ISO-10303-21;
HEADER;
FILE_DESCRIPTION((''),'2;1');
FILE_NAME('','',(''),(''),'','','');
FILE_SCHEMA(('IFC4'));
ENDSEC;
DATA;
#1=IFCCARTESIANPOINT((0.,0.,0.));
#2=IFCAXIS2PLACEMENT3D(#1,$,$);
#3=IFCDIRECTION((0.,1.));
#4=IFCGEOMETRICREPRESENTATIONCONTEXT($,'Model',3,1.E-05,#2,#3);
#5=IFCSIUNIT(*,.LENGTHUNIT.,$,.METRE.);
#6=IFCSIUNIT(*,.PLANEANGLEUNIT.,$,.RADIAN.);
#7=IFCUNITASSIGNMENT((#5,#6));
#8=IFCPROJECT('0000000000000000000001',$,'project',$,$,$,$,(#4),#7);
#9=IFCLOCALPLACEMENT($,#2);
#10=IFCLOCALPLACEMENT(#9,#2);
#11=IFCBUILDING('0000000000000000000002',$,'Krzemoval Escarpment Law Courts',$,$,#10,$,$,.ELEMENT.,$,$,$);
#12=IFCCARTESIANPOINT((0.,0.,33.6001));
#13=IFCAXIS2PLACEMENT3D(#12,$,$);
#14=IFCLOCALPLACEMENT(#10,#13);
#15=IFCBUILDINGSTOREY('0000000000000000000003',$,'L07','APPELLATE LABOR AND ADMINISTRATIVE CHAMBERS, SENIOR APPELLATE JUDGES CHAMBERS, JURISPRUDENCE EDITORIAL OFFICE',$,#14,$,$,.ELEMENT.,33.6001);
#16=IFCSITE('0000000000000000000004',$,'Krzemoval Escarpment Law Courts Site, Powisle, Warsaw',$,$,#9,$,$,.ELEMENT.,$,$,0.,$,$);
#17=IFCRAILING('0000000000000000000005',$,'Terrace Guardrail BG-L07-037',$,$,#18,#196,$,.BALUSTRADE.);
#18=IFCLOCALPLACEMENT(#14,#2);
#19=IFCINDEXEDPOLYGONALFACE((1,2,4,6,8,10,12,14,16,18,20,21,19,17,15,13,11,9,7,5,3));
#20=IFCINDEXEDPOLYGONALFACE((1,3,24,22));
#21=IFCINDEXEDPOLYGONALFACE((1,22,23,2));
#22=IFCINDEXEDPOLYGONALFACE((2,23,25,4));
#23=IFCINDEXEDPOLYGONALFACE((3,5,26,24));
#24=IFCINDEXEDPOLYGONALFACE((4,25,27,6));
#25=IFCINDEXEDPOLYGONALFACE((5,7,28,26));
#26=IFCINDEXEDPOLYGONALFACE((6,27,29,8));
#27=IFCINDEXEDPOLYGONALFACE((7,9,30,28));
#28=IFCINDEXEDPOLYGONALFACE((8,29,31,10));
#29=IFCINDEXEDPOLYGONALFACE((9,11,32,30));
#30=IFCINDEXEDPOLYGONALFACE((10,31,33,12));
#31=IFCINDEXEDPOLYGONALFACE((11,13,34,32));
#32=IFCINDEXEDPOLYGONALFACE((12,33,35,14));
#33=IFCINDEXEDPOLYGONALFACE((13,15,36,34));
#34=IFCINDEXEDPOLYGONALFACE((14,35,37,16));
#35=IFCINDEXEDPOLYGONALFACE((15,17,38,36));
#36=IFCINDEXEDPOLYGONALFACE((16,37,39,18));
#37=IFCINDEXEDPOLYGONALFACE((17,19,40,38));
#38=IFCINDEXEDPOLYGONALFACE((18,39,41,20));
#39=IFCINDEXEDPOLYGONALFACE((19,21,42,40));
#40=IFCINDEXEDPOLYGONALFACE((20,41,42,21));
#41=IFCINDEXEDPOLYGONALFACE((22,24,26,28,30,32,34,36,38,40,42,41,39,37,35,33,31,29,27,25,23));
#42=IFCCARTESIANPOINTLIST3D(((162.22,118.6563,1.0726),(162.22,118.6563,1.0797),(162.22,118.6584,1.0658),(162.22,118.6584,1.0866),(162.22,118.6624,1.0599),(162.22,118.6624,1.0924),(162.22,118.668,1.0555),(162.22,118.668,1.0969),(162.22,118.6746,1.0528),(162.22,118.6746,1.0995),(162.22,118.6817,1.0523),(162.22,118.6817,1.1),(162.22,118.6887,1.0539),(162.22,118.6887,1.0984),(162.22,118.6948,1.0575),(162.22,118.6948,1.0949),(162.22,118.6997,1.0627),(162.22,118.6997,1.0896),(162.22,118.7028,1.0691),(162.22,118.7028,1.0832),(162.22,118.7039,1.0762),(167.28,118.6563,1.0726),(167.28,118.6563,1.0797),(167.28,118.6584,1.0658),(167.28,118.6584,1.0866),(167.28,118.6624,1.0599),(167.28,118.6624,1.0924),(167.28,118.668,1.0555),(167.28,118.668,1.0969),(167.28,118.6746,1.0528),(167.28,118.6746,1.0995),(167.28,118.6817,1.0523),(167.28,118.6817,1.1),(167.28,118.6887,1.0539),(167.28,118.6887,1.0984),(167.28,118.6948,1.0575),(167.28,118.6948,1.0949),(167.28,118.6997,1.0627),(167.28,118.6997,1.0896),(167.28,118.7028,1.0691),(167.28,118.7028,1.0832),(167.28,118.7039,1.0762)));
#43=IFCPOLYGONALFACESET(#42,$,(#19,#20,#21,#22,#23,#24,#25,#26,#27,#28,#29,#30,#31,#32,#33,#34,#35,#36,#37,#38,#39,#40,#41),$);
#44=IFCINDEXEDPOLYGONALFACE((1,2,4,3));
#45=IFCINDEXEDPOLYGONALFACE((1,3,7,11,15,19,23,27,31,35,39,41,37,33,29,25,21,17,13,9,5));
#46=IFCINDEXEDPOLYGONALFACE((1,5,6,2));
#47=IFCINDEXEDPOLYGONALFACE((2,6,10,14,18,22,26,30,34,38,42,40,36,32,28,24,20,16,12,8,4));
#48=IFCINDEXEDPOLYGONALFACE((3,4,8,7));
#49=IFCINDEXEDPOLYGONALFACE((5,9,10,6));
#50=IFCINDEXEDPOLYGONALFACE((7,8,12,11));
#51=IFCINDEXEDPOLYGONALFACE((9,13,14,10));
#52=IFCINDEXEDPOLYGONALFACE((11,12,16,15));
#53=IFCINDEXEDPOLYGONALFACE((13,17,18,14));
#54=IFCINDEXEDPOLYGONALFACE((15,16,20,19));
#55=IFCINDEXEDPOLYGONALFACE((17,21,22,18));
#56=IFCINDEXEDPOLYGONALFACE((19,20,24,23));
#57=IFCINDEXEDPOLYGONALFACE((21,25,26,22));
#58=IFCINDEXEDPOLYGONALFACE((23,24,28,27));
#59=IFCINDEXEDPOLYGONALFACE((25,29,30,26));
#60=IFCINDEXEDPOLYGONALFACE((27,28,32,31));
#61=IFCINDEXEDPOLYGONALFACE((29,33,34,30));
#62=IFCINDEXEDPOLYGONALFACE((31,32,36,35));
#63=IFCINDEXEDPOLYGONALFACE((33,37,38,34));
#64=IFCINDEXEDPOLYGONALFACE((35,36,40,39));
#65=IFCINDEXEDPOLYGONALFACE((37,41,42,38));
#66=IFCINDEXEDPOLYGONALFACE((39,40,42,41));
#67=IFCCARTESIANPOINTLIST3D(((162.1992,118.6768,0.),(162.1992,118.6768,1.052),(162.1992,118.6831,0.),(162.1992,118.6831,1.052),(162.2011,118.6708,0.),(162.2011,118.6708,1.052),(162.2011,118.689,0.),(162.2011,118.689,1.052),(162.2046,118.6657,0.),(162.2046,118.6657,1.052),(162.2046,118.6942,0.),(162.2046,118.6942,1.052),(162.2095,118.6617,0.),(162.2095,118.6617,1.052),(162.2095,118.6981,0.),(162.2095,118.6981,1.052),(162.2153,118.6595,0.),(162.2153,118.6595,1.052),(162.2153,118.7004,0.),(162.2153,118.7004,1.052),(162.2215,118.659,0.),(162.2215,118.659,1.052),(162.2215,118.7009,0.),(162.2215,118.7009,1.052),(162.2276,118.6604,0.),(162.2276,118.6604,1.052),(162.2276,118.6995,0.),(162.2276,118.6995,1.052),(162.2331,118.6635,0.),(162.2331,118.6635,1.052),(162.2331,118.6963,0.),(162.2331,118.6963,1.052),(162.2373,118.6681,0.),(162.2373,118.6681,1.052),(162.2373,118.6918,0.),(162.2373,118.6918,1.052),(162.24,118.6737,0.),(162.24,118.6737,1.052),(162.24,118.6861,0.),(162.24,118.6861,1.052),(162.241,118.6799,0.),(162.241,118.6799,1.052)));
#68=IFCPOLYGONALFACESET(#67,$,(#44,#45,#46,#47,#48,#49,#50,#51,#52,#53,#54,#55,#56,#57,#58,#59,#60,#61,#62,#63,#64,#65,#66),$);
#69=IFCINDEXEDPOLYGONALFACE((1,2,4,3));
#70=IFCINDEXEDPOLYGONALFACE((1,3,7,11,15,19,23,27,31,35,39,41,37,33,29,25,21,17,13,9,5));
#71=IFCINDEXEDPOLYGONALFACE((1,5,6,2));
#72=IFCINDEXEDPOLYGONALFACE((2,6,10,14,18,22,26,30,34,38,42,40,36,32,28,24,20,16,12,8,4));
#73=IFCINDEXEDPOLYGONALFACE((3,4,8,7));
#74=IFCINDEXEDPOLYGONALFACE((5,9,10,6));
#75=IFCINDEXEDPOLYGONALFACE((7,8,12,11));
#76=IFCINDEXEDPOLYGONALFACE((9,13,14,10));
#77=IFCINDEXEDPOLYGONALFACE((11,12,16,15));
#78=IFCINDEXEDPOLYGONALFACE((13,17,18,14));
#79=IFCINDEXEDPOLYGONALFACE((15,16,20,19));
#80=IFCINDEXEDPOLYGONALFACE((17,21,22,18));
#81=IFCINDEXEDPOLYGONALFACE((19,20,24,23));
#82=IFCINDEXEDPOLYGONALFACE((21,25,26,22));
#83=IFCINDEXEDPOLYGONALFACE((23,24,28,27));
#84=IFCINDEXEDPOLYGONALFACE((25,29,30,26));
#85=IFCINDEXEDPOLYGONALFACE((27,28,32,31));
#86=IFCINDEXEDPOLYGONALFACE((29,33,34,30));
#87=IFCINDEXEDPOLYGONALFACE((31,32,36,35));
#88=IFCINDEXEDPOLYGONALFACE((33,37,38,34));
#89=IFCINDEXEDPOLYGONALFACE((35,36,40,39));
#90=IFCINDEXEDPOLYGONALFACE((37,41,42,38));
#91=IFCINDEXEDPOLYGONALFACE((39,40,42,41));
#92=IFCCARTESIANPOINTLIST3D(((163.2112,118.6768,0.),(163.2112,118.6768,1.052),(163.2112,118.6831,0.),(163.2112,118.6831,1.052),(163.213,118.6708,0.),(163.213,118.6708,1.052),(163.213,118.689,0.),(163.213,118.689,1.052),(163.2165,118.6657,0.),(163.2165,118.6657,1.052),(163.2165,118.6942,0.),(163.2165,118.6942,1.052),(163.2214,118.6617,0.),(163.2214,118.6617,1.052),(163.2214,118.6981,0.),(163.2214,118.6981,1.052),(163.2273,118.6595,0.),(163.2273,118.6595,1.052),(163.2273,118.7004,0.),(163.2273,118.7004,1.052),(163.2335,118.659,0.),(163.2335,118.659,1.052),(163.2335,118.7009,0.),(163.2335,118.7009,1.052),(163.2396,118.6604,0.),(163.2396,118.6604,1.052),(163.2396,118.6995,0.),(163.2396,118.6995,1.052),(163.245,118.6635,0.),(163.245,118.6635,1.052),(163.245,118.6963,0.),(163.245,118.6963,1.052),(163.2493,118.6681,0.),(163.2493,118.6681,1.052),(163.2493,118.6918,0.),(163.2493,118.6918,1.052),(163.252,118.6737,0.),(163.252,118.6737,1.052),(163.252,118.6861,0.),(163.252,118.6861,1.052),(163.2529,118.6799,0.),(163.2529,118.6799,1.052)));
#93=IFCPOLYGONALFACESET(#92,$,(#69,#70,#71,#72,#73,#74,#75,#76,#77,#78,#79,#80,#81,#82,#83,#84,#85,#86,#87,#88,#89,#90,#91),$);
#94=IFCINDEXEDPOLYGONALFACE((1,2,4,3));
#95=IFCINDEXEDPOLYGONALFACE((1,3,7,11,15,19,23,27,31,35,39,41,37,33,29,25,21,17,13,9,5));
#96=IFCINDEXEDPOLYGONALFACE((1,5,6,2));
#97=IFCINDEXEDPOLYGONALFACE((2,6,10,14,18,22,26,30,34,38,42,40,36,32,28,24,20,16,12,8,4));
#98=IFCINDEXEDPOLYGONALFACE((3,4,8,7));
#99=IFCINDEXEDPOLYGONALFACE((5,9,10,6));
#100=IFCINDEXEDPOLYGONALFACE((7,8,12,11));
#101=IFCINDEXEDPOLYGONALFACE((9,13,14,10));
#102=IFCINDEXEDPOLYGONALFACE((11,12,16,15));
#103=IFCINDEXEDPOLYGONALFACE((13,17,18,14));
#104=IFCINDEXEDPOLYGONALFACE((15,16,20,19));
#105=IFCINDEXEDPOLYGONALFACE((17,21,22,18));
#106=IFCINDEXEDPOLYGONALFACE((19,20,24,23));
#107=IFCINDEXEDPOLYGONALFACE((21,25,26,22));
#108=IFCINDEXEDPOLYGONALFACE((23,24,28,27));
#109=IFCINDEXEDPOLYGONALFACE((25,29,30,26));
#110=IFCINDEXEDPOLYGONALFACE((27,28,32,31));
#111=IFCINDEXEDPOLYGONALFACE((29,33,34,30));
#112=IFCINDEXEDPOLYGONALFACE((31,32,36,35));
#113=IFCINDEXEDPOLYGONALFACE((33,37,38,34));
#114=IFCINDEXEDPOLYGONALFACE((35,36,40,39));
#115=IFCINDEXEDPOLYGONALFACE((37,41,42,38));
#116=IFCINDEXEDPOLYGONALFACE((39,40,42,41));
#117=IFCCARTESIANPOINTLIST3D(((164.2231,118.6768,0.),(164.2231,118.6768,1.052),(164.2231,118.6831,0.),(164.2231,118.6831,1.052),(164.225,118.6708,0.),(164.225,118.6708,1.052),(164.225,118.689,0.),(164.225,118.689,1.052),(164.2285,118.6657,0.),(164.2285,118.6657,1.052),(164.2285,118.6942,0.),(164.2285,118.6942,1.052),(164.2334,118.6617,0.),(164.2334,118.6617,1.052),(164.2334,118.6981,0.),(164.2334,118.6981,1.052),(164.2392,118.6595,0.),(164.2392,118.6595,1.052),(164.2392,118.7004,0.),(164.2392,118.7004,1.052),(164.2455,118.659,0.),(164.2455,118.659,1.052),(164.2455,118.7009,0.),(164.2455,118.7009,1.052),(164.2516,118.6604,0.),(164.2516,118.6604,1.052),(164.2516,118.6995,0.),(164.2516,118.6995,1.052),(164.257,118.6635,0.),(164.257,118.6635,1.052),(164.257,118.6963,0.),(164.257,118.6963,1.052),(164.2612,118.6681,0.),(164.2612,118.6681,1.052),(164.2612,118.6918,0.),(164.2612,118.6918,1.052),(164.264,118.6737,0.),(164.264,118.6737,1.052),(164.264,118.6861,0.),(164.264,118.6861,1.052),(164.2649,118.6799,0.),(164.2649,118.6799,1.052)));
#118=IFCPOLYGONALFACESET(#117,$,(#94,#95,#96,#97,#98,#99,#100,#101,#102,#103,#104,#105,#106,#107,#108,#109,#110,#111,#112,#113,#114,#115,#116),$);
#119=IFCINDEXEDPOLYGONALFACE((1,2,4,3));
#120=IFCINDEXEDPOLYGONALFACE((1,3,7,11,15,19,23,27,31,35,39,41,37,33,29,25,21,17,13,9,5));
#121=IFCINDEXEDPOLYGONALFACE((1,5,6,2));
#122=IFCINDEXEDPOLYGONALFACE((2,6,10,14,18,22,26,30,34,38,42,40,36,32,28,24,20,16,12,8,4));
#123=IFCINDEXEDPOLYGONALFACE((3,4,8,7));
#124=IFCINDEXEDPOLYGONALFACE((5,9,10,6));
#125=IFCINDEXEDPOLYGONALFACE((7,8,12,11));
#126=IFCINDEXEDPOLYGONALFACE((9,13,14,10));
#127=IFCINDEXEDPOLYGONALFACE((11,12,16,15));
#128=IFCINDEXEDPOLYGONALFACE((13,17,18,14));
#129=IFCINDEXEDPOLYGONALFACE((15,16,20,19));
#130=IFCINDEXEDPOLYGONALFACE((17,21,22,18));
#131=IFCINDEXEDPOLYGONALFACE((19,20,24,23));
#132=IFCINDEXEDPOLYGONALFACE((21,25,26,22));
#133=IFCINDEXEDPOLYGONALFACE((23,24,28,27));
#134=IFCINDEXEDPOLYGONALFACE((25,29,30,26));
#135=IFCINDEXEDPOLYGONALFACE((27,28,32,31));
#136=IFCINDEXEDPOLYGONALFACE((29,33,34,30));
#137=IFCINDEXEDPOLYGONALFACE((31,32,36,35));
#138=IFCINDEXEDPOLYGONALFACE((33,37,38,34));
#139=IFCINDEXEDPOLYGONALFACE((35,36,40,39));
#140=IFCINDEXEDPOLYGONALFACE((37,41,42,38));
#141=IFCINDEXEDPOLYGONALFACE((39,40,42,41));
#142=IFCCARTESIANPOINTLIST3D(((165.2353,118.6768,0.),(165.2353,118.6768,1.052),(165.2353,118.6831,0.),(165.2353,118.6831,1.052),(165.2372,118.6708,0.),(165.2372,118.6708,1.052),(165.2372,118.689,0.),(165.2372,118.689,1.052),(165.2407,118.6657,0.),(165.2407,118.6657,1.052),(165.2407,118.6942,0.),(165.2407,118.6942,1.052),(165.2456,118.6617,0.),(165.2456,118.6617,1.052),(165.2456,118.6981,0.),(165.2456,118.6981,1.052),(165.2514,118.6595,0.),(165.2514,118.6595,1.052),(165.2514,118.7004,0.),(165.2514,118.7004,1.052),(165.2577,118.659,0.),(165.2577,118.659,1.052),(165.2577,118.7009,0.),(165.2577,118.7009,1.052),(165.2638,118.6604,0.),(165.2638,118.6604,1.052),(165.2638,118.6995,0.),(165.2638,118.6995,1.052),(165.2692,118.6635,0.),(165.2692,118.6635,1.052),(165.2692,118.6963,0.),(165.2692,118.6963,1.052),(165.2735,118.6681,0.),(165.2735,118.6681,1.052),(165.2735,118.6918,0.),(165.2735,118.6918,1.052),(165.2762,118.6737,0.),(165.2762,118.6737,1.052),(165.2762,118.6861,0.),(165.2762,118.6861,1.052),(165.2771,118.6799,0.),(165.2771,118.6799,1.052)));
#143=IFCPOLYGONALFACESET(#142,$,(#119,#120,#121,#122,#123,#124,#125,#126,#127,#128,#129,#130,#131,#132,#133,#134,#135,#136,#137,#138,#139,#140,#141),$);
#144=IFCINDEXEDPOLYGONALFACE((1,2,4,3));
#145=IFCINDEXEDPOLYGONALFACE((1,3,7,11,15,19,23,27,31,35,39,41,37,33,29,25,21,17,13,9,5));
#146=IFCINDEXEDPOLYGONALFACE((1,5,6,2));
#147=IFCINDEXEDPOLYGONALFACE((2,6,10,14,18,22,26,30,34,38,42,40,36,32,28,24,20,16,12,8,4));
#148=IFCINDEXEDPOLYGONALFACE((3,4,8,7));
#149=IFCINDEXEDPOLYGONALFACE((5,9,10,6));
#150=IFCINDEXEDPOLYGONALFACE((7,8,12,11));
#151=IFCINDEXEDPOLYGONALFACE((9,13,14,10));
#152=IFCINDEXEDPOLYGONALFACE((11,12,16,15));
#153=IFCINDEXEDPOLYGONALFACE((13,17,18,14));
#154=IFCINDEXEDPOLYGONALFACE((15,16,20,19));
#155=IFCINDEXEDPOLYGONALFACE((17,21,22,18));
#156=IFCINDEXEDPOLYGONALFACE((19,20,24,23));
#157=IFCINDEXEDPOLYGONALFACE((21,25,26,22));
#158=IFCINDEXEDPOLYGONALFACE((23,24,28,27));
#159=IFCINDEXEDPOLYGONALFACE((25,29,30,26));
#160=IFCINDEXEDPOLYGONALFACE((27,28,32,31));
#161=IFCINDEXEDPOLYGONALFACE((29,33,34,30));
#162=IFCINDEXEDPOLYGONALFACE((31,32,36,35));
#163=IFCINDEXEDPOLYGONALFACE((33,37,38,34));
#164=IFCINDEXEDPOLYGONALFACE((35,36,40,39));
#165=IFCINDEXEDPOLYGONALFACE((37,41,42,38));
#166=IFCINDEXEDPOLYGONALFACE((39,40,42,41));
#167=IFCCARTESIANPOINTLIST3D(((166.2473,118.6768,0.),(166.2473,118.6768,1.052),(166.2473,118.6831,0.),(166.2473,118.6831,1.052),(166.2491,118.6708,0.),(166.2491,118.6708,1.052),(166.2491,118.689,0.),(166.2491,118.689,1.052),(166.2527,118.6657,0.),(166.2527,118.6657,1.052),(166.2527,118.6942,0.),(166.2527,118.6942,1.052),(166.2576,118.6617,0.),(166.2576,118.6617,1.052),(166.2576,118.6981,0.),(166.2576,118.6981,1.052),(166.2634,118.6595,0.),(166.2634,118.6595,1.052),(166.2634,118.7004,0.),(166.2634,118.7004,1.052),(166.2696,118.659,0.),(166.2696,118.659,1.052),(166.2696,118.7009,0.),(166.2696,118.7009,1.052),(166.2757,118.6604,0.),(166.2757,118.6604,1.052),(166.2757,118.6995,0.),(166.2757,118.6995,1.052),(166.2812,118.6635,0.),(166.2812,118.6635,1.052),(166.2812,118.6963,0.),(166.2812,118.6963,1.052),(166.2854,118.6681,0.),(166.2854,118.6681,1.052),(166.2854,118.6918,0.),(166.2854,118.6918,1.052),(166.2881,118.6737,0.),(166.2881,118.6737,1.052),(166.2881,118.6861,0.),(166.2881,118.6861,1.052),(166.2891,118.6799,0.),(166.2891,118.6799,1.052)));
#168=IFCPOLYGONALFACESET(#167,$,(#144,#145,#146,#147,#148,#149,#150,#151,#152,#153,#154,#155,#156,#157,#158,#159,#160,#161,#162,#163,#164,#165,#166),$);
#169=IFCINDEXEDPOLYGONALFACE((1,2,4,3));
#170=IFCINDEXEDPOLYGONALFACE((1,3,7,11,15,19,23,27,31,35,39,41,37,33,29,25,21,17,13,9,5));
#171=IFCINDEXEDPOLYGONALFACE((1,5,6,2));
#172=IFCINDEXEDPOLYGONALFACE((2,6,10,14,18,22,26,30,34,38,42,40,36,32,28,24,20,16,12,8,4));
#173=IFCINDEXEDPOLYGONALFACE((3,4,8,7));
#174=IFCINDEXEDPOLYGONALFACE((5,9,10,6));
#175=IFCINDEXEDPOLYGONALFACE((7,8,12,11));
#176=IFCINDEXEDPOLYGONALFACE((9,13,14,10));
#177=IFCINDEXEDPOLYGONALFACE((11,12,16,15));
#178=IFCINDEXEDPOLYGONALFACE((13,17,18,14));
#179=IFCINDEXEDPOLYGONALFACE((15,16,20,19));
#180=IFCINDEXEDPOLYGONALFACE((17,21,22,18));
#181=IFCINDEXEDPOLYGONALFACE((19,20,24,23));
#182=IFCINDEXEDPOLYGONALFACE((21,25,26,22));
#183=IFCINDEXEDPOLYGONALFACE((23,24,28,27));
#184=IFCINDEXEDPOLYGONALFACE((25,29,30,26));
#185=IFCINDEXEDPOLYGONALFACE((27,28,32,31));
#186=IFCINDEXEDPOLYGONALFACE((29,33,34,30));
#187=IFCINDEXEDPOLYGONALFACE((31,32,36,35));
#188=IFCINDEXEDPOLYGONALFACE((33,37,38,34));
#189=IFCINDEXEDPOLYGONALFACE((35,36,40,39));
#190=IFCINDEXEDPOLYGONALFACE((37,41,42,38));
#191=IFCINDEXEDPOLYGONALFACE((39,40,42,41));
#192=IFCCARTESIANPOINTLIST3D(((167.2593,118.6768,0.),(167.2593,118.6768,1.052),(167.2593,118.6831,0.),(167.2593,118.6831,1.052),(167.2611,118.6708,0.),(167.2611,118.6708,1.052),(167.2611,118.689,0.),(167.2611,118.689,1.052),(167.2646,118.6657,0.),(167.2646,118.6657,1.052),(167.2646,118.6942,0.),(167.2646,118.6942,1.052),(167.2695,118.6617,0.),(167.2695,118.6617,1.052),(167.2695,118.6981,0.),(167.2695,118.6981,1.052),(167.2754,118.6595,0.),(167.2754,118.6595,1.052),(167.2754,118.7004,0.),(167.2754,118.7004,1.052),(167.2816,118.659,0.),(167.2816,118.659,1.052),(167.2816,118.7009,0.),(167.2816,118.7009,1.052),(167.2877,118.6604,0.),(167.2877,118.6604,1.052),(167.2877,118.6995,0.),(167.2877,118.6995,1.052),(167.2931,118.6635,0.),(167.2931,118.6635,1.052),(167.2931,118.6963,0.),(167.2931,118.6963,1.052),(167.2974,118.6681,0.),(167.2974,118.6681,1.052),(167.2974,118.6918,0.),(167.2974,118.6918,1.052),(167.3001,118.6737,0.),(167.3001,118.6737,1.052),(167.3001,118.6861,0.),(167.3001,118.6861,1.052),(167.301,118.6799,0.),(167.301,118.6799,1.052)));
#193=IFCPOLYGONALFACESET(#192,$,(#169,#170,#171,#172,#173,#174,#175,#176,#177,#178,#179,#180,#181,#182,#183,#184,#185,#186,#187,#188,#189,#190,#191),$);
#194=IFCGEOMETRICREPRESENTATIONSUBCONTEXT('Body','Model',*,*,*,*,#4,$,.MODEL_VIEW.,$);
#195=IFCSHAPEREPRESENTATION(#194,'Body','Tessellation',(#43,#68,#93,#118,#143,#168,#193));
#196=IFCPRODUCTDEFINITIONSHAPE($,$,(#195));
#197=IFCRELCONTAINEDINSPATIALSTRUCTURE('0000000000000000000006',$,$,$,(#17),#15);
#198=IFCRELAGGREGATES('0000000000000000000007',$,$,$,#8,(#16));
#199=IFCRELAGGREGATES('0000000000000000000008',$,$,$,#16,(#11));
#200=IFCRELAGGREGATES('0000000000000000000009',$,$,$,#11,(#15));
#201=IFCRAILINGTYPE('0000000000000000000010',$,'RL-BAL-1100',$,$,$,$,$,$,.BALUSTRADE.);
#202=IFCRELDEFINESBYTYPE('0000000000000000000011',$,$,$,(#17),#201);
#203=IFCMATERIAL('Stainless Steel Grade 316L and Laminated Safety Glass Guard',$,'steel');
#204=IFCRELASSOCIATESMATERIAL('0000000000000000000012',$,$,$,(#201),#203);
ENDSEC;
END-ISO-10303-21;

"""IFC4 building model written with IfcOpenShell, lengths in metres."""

from ifc_helpers import new_model, si_unit, direction, frame, origin, origin_2d, place, context, subcontext, project, spatial, circle, extrude, material, type_object, element, save


model = new_model("IFC4")

# Units and contexts
model_context = context("Model", 3, precision=1e-05, world=origin(), true_north=direction((0.0, 1.0)))
body_context = subcontext(model_context, "Body", "Model", "MODEL_VIEW")
ifc_project = project(units=[si_unit("LENGTHUNIT", "METRE"), si_unit("PLANEANGLEUNIT", "RADIAN")], contexts=[model_context])

# Site, building, storey
site_placement = place(None, origin())
site = spatial("IfcSite", under=ifc_project, at=site_placement, Name="Krzemoval Escarpment Law Courts Site, Powisle, Warsaw", CompositionType="ELEMENT", RefElevation=0.0)
building_placement = place(site_placement, origin())
building = spatial("IfcBuilding", under=site, at=building_placement, Name="Krzemoval Escarpment Law Courts", CompositionType="ELEMENT")
storey_placement = place(building_placement, frame((0.0, 0.0, 33.6001)))
storey = spatial("IfcBuildingStorey", under=building, at=storey_placement, Name="L07", Description="APPELLATE LABOR AND ADMINISTRATIVE CHAMBERS, SENIOR APPELLATE JUDGES CHAMBERS, JURISPRUDENCE EDITORIAL OFFICE", CompositionType="ELEMENT", Elevation=33.6001)

# Railing
ifc_material_1 = material(Name="Stainless Steel Grade 316L and Laminated Safety Glass Guard", Category="steel")
railing_type = type_object("IfcRailingType", Name="RL-BAL-1100", PredefinedType="BALUSTRADE", material=ifc_material_1)
railing_1_placement = place(storey_placement, frame((162.22, 118.6799, 0.0)))
element("IfcRailing", 1, at=railing_1_placement, inside=storey, type_object=railing_type, Name="Terrace Guardrail BG-L07-037", PredefinedType="BALUSTRADE", context=body_context, shape_type="SweptSolid", body=[
    extrude(circle(Radius=0.0239, at=origin_2d()), frame((0.0, 0.0, 1.0762), z_axis=(1.0, 0.0, 0.0), x_axis=(0.0, 1.0, 0.0)), (0.0, 0.0, 1.0), 5.0601),
    extrude(circle(Radius=0.021, at=origin_2d()), origin(), (0.0, 0.0, 1.0), 1.052),
    extrude(circle(Radius=0.021, at=origin_2d()), frame((1.012, 0.0, 0.0)), (0.0, 0.0, 1.0), 1.052),
    extrude(circle(Radius=0.021, at=origin_2d()), frame((2.0239, 0.0, 0.0)), (0.0, 0.0, 1.0), 1.052),
    extrude(circle(Radius=0.021, at=origin_2d()), frame((3.0361, 0.0, 0.0)), (0.0, 0.0, 1.0), 1.052),
    extrude(circle(Radius=0.021, at=origin_2d()), frame((4.0481, 0.0, 0.0)), (0.0, 0.0, 1.0), 1.052),
    extrude(circle(Radius=0.021, at=origin_2d()), frame((5.0601, 0.0, 0.0)), (0.0, 0.0, 1.0), 1.052),
])

save(model, "model.ifc")
